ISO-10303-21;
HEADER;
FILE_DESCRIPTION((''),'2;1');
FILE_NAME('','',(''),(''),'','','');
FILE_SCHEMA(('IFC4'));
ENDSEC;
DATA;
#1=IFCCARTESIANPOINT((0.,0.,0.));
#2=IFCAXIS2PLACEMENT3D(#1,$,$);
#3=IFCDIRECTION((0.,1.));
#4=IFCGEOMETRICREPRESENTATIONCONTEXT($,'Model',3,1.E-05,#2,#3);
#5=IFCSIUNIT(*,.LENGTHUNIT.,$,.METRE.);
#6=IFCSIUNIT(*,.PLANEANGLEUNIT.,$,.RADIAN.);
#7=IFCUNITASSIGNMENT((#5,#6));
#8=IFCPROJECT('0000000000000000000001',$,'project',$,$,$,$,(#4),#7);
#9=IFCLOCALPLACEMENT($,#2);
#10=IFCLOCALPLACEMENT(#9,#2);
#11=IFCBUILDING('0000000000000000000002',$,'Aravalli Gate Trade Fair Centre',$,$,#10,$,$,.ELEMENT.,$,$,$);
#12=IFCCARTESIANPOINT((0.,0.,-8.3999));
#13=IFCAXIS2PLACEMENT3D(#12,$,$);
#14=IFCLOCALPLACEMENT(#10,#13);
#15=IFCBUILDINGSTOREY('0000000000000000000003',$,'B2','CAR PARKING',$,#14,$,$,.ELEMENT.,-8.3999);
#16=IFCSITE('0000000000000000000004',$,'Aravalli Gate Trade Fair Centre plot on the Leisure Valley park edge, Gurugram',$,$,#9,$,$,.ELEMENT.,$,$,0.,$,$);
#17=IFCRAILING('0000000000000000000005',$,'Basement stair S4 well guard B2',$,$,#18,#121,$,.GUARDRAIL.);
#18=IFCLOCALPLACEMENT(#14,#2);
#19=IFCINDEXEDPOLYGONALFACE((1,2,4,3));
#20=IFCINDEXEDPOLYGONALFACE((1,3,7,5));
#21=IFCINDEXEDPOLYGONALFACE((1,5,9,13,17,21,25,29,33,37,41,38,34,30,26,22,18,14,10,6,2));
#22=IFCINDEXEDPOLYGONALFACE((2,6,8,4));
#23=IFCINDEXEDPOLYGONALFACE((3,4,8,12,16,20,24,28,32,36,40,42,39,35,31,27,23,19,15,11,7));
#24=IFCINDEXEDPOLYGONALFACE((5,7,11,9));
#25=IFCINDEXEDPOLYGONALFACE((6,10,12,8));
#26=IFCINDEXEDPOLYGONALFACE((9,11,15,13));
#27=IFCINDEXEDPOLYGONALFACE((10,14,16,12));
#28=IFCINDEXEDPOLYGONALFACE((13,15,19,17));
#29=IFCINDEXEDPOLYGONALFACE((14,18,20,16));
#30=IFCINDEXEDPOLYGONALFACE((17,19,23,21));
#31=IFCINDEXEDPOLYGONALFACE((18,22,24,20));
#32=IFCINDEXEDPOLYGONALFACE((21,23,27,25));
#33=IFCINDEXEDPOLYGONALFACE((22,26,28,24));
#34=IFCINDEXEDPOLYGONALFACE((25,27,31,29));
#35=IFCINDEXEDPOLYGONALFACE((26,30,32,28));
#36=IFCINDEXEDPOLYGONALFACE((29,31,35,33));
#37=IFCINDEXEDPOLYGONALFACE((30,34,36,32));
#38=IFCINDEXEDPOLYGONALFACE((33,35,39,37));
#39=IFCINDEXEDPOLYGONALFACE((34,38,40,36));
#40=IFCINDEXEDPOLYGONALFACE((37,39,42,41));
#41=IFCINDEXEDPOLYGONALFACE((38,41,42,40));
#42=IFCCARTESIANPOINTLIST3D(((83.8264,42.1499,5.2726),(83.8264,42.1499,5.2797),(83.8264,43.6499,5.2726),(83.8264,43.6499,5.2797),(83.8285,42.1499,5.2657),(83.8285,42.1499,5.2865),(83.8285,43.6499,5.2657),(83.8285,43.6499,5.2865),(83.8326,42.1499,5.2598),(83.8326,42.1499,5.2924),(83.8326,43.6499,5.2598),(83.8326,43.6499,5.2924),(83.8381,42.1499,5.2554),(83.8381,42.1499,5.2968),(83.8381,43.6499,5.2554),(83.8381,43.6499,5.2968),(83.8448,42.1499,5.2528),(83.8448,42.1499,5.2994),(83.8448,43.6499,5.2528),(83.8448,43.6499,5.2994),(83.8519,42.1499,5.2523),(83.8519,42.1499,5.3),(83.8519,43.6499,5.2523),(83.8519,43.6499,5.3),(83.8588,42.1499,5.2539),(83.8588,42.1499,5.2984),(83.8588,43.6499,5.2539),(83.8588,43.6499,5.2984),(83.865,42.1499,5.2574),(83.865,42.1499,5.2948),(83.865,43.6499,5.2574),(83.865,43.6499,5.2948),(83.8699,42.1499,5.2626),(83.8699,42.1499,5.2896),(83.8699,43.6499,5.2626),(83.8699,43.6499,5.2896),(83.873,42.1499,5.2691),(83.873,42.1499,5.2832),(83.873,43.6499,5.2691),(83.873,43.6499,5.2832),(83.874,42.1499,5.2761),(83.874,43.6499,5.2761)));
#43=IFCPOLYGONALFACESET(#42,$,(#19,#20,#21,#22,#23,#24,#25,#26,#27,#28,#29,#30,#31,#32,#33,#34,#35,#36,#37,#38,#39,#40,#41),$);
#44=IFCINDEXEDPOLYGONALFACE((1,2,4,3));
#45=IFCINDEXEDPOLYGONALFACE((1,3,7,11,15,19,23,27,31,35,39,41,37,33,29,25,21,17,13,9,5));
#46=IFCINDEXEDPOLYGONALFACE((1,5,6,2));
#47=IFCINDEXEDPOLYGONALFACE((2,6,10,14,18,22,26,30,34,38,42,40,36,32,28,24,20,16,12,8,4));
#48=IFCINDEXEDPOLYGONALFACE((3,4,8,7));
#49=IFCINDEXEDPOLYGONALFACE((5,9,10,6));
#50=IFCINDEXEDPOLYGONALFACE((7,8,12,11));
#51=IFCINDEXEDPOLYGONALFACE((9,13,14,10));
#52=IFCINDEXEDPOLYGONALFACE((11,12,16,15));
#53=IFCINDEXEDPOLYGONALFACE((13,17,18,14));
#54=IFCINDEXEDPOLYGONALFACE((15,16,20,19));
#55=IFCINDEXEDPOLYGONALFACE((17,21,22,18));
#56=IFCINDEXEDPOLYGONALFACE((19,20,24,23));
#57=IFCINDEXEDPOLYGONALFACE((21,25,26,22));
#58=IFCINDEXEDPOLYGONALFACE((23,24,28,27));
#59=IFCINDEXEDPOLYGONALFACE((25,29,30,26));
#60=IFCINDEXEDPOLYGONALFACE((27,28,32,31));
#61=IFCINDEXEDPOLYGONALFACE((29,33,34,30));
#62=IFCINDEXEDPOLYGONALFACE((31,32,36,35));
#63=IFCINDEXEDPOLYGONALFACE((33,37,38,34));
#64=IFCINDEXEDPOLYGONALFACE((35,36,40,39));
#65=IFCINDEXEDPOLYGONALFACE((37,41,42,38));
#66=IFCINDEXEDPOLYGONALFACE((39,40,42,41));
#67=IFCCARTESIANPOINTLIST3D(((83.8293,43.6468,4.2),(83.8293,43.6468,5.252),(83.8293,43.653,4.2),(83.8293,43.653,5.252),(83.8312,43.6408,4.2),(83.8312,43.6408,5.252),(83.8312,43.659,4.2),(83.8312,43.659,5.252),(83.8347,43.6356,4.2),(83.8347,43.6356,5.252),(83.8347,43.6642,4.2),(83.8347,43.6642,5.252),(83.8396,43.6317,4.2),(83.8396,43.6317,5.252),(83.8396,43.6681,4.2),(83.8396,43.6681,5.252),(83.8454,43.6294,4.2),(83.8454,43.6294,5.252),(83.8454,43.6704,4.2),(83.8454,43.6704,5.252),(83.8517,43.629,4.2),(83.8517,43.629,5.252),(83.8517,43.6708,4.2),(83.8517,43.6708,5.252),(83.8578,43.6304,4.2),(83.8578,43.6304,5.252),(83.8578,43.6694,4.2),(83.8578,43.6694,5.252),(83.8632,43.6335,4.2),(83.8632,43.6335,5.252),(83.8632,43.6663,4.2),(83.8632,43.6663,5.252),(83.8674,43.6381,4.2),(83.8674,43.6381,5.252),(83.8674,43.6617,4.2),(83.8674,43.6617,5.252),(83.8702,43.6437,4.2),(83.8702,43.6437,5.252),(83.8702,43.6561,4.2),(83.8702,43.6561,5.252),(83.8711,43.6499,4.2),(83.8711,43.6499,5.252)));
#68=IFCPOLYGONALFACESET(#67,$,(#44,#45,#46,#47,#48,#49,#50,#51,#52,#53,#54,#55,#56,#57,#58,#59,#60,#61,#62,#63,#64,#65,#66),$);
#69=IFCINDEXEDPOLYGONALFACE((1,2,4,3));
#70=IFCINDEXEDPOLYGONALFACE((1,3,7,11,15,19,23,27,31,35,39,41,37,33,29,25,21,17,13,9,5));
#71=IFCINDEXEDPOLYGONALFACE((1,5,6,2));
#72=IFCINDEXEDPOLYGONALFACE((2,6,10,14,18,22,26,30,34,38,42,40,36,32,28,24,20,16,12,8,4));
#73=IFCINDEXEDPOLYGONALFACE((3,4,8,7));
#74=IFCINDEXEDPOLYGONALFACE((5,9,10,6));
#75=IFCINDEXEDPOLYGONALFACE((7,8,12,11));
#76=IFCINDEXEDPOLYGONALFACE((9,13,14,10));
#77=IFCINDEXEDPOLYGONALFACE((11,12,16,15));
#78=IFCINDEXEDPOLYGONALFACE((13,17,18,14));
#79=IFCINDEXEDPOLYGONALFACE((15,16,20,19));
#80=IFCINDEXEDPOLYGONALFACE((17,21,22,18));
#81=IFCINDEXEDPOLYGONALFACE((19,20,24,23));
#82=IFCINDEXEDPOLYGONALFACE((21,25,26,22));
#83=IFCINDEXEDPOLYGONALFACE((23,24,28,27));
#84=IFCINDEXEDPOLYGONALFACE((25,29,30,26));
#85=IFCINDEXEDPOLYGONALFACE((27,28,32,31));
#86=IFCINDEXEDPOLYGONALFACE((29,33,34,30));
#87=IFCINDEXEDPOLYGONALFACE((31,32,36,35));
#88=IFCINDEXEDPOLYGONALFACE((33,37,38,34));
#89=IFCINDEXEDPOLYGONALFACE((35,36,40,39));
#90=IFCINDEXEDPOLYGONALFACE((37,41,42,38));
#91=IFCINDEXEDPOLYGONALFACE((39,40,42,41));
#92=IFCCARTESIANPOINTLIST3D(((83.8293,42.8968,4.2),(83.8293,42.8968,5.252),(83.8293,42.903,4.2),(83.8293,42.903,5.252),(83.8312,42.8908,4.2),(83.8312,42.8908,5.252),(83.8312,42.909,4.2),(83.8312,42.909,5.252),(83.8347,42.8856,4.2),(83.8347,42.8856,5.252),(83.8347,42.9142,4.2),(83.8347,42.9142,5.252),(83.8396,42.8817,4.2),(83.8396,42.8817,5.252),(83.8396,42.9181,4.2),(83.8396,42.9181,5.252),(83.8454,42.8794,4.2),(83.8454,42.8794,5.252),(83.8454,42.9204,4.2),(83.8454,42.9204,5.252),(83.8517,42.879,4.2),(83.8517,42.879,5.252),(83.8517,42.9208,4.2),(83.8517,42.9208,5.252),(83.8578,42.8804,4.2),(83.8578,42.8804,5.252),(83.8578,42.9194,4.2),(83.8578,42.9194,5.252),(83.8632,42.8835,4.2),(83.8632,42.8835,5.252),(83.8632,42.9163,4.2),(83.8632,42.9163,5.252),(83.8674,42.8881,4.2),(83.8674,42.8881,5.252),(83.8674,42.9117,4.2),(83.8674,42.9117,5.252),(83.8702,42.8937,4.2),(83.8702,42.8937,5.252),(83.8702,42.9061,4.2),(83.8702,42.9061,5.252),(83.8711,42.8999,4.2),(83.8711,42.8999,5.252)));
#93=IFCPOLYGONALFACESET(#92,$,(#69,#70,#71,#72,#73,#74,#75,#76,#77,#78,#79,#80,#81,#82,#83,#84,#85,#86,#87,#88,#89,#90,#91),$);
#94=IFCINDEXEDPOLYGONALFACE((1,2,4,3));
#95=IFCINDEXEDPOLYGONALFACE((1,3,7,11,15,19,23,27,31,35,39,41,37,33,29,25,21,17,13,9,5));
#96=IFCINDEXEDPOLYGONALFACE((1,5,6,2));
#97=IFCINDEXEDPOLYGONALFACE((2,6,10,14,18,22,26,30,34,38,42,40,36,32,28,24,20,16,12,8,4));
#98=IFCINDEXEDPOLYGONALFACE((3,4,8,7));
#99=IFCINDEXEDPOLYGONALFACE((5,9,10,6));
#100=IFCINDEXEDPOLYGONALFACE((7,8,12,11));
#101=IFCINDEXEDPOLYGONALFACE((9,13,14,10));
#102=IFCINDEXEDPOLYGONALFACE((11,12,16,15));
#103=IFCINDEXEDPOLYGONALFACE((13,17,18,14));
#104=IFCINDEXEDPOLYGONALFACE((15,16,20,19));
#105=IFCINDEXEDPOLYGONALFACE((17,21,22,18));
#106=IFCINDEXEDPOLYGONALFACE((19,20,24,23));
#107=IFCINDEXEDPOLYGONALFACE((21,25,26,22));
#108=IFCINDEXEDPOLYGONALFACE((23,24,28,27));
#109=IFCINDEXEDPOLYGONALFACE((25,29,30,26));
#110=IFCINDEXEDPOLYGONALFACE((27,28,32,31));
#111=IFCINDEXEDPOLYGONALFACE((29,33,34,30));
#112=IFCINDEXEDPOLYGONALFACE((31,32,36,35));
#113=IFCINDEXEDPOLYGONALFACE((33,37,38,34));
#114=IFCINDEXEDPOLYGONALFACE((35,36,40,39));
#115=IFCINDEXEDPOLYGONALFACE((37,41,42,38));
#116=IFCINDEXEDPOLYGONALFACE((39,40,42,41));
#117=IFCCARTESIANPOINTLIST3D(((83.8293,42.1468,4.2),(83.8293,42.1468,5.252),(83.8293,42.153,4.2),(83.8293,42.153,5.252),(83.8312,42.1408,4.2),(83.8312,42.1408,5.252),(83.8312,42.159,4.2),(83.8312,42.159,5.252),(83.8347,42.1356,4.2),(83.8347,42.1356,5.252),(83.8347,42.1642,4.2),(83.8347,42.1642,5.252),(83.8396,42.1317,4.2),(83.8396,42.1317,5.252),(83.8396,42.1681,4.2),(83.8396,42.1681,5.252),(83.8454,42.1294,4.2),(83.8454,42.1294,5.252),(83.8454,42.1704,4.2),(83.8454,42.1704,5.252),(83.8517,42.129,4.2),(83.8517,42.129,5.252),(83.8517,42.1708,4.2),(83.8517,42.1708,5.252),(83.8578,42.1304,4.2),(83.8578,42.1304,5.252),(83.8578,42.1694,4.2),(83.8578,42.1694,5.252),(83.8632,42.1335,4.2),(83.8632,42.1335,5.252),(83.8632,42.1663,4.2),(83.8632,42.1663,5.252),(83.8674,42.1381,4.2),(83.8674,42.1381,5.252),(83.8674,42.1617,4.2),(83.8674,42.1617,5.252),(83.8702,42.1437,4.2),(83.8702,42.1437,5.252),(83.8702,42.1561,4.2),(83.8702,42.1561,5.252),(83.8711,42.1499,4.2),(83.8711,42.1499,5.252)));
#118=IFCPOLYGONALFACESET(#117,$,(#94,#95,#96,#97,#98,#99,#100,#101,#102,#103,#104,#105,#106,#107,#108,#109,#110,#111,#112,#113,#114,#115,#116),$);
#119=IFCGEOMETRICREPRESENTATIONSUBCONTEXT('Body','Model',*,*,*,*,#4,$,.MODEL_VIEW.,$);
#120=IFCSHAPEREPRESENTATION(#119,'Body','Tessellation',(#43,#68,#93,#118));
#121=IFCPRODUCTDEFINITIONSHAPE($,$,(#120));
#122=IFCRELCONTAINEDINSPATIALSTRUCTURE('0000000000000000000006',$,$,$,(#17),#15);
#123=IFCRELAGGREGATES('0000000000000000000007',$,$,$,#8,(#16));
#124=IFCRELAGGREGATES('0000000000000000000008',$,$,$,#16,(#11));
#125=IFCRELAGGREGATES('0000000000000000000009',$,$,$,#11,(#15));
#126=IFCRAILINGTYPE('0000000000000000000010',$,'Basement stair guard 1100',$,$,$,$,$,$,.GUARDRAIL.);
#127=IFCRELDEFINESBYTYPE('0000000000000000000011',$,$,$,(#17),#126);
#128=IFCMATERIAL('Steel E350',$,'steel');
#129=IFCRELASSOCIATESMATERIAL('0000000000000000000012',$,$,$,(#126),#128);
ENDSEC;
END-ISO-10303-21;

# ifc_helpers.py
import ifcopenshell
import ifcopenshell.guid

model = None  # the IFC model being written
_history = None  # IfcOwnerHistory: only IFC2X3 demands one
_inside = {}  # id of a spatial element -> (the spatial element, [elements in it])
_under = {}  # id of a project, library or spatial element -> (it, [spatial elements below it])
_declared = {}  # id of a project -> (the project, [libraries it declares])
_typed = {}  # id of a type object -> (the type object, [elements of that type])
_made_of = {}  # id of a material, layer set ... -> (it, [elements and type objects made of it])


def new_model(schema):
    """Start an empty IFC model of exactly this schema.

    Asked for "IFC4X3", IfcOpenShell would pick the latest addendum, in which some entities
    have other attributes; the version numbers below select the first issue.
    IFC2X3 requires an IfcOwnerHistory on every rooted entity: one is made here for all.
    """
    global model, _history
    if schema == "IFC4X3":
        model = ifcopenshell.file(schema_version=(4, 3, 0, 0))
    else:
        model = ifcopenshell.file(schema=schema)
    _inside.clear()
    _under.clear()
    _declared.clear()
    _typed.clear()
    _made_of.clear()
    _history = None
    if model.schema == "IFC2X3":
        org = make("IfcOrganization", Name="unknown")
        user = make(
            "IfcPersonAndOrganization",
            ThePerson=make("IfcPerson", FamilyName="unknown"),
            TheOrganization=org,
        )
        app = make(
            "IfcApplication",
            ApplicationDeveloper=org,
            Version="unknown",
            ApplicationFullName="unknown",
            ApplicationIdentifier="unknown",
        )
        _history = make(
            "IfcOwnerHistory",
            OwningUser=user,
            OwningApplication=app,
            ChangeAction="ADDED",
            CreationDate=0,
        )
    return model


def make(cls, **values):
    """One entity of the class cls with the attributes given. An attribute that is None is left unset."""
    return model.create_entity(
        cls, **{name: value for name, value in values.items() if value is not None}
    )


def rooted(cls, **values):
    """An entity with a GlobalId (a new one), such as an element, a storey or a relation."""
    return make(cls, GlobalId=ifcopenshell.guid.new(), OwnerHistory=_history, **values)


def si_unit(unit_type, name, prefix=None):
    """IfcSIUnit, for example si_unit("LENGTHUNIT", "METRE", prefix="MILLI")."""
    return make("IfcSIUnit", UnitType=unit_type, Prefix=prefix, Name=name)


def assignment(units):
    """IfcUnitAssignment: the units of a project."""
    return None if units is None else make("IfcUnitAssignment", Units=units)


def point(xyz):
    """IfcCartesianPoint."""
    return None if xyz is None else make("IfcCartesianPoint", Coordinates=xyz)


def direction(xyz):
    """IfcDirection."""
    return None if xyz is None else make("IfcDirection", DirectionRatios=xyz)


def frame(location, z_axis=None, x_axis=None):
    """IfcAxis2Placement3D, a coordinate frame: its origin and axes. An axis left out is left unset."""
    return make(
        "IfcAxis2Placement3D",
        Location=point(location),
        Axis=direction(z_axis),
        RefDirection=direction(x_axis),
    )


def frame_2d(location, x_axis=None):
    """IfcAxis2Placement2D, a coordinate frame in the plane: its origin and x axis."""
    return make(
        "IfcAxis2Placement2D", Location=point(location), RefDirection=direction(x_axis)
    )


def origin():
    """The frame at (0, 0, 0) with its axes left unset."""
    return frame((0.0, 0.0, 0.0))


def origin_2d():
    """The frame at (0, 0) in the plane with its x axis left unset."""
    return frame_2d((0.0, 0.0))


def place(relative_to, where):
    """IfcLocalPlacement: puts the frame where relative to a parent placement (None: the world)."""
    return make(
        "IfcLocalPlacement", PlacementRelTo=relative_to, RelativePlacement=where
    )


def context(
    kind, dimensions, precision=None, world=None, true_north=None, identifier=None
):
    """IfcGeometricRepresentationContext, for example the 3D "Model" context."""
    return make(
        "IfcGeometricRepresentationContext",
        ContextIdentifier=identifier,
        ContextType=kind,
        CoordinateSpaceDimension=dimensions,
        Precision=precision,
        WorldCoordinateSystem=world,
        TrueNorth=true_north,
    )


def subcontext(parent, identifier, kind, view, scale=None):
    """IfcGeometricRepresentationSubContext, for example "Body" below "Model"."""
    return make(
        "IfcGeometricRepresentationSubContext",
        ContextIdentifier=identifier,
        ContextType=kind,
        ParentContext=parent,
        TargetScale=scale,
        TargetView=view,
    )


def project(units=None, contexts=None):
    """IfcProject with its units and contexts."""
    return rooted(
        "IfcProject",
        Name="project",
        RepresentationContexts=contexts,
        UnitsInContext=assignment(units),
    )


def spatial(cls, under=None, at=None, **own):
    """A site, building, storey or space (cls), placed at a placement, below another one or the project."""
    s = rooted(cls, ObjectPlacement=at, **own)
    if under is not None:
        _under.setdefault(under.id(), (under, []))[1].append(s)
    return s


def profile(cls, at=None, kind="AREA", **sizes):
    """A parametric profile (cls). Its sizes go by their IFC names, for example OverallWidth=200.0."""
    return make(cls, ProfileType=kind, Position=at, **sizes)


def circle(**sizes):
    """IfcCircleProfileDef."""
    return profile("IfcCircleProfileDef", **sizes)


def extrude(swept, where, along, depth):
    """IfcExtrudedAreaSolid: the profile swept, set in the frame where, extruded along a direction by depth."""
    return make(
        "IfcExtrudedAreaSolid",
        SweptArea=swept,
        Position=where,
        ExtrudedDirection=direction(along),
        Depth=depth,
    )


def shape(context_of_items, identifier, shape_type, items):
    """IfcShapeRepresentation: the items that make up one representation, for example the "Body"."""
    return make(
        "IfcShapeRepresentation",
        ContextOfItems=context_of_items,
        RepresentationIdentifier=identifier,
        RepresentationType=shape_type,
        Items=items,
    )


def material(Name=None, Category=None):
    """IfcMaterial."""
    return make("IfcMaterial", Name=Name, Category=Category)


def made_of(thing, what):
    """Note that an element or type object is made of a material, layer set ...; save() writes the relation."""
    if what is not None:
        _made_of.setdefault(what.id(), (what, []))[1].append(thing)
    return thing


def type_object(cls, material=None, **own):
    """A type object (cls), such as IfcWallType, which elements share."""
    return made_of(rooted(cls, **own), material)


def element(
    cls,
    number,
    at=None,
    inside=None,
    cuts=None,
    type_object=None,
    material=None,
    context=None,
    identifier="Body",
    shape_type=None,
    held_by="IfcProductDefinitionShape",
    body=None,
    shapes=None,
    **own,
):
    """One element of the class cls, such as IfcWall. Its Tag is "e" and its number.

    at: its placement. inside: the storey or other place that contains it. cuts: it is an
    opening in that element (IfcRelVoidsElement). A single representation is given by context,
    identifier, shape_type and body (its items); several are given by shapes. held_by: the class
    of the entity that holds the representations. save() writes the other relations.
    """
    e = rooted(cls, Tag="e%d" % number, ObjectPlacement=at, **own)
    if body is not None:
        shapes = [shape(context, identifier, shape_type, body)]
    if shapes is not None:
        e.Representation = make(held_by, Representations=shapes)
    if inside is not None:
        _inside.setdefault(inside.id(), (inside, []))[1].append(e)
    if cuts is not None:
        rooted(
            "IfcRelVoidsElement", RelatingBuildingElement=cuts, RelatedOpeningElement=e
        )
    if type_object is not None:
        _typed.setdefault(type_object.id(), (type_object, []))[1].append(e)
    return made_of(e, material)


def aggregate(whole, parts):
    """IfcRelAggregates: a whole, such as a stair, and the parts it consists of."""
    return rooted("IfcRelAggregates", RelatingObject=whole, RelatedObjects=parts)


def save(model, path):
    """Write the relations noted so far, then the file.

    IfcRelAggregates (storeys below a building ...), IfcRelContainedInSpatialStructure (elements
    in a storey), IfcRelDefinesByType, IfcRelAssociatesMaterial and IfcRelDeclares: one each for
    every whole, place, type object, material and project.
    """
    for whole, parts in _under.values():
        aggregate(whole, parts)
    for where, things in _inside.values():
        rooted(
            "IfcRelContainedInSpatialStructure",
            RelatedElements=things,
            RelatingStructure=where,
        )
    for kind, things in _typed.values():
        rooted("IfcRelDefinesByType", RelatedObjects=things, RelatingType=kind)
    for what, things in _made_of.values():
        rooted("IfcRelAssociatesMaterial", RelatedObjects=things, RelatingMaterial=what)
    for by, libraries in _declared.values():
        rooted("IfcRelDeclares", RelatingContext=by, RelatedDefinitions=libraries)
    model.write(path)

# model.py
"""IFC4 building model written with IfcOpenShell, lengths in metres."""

from ifc_helpers import new_model, si_unit, direction, frame, origin, origin_2d, place, context, subcontext, project, spatial, circle, extrude, material, type_object, element, save


model = new_model("IFC4")

# Units and contexts
model_context = context("Model", 3, precision=1e-05, world=origin(), true_north=direction((0.0, 1.0)))
body_context = subcontext(model_context, "Body", "Model", "MODEL_VIEW")
ifc_project = project(units=[si_unit("LENGTHUNIT", "METRE"), si_unit("PLANEANGLEUNIT", "RADIAN")], contexts=[model_context])

# Site, building, storey
site_placement = place(None, origin())
site = spatial("IfcSite", under=ifc_project, at=site_placement, Name="Aravalli Gate Trade Fair Centre plot on the Leisure Valley park edge, Gurugram", CompositionType="ELEMENT", RefElevation=0.0)
building_placement = place(site_placement, origin())
building = spatial("IfcBuilding", under=site, at=building_placement, Name="Aravalli Gate Trade Fair Centre", CompositionType="ELEMENT")
storey_placement = place(building_placement, frame((0.0, 0.0, -8.3999)))
storey = spatial("IfcBuildingStorey", under=building, at=storey_placement, Name="B2", Description="CAR PARKING", CompositionType="ELEMENT", Elevation=-8.3999)

# Railing
ifc_material_1 = material(Name="Steel E350", Category="steel")
railing_type_1 = type_object("IfcRailingType", Name="Basement stair guard 1100", PredefinedType="GUARDRAIL", material=ifc_material_1)
railing_1_placement = place(storey_placement, frame((83.8501, 43.6499, 4.2)))
element("IfcRailing", 1, at=railing_1_placement, inside=storey, type_object=railing_type_1, Name="Basement stair S4 well guard B2", PredefinedType="GUARDRAIL", context=body_context, shape_type="SweptSolid", body=[
    extrude(circle(Radius=0.0239, at=origin_2d()), frame((0.0, 0.0, 1.0762), z_axis=(0.0, -1.0, 0.0), x_axis=(1.0, 0.0, 0.0)), (0.0, 0.0, 1.0), 1.5),
    extrude(circle(Radius=0.021, at=origin_2d()), origin(), (0.0, 0.0, 1.0), 1.052),
    extrude(circle(Radius=0.021, at=origin_2d()), frame((0.0, -0.75, 0.0)), (0.0, 0.0, 1.0), 1.052),
    extrude(circle(Radius=0.021, at=origin_2d()), frame((0.0, -1.5, 0.0)), (0.0, 0.0, 1.0), 1.052),
])

save(model, "model.ifc")
